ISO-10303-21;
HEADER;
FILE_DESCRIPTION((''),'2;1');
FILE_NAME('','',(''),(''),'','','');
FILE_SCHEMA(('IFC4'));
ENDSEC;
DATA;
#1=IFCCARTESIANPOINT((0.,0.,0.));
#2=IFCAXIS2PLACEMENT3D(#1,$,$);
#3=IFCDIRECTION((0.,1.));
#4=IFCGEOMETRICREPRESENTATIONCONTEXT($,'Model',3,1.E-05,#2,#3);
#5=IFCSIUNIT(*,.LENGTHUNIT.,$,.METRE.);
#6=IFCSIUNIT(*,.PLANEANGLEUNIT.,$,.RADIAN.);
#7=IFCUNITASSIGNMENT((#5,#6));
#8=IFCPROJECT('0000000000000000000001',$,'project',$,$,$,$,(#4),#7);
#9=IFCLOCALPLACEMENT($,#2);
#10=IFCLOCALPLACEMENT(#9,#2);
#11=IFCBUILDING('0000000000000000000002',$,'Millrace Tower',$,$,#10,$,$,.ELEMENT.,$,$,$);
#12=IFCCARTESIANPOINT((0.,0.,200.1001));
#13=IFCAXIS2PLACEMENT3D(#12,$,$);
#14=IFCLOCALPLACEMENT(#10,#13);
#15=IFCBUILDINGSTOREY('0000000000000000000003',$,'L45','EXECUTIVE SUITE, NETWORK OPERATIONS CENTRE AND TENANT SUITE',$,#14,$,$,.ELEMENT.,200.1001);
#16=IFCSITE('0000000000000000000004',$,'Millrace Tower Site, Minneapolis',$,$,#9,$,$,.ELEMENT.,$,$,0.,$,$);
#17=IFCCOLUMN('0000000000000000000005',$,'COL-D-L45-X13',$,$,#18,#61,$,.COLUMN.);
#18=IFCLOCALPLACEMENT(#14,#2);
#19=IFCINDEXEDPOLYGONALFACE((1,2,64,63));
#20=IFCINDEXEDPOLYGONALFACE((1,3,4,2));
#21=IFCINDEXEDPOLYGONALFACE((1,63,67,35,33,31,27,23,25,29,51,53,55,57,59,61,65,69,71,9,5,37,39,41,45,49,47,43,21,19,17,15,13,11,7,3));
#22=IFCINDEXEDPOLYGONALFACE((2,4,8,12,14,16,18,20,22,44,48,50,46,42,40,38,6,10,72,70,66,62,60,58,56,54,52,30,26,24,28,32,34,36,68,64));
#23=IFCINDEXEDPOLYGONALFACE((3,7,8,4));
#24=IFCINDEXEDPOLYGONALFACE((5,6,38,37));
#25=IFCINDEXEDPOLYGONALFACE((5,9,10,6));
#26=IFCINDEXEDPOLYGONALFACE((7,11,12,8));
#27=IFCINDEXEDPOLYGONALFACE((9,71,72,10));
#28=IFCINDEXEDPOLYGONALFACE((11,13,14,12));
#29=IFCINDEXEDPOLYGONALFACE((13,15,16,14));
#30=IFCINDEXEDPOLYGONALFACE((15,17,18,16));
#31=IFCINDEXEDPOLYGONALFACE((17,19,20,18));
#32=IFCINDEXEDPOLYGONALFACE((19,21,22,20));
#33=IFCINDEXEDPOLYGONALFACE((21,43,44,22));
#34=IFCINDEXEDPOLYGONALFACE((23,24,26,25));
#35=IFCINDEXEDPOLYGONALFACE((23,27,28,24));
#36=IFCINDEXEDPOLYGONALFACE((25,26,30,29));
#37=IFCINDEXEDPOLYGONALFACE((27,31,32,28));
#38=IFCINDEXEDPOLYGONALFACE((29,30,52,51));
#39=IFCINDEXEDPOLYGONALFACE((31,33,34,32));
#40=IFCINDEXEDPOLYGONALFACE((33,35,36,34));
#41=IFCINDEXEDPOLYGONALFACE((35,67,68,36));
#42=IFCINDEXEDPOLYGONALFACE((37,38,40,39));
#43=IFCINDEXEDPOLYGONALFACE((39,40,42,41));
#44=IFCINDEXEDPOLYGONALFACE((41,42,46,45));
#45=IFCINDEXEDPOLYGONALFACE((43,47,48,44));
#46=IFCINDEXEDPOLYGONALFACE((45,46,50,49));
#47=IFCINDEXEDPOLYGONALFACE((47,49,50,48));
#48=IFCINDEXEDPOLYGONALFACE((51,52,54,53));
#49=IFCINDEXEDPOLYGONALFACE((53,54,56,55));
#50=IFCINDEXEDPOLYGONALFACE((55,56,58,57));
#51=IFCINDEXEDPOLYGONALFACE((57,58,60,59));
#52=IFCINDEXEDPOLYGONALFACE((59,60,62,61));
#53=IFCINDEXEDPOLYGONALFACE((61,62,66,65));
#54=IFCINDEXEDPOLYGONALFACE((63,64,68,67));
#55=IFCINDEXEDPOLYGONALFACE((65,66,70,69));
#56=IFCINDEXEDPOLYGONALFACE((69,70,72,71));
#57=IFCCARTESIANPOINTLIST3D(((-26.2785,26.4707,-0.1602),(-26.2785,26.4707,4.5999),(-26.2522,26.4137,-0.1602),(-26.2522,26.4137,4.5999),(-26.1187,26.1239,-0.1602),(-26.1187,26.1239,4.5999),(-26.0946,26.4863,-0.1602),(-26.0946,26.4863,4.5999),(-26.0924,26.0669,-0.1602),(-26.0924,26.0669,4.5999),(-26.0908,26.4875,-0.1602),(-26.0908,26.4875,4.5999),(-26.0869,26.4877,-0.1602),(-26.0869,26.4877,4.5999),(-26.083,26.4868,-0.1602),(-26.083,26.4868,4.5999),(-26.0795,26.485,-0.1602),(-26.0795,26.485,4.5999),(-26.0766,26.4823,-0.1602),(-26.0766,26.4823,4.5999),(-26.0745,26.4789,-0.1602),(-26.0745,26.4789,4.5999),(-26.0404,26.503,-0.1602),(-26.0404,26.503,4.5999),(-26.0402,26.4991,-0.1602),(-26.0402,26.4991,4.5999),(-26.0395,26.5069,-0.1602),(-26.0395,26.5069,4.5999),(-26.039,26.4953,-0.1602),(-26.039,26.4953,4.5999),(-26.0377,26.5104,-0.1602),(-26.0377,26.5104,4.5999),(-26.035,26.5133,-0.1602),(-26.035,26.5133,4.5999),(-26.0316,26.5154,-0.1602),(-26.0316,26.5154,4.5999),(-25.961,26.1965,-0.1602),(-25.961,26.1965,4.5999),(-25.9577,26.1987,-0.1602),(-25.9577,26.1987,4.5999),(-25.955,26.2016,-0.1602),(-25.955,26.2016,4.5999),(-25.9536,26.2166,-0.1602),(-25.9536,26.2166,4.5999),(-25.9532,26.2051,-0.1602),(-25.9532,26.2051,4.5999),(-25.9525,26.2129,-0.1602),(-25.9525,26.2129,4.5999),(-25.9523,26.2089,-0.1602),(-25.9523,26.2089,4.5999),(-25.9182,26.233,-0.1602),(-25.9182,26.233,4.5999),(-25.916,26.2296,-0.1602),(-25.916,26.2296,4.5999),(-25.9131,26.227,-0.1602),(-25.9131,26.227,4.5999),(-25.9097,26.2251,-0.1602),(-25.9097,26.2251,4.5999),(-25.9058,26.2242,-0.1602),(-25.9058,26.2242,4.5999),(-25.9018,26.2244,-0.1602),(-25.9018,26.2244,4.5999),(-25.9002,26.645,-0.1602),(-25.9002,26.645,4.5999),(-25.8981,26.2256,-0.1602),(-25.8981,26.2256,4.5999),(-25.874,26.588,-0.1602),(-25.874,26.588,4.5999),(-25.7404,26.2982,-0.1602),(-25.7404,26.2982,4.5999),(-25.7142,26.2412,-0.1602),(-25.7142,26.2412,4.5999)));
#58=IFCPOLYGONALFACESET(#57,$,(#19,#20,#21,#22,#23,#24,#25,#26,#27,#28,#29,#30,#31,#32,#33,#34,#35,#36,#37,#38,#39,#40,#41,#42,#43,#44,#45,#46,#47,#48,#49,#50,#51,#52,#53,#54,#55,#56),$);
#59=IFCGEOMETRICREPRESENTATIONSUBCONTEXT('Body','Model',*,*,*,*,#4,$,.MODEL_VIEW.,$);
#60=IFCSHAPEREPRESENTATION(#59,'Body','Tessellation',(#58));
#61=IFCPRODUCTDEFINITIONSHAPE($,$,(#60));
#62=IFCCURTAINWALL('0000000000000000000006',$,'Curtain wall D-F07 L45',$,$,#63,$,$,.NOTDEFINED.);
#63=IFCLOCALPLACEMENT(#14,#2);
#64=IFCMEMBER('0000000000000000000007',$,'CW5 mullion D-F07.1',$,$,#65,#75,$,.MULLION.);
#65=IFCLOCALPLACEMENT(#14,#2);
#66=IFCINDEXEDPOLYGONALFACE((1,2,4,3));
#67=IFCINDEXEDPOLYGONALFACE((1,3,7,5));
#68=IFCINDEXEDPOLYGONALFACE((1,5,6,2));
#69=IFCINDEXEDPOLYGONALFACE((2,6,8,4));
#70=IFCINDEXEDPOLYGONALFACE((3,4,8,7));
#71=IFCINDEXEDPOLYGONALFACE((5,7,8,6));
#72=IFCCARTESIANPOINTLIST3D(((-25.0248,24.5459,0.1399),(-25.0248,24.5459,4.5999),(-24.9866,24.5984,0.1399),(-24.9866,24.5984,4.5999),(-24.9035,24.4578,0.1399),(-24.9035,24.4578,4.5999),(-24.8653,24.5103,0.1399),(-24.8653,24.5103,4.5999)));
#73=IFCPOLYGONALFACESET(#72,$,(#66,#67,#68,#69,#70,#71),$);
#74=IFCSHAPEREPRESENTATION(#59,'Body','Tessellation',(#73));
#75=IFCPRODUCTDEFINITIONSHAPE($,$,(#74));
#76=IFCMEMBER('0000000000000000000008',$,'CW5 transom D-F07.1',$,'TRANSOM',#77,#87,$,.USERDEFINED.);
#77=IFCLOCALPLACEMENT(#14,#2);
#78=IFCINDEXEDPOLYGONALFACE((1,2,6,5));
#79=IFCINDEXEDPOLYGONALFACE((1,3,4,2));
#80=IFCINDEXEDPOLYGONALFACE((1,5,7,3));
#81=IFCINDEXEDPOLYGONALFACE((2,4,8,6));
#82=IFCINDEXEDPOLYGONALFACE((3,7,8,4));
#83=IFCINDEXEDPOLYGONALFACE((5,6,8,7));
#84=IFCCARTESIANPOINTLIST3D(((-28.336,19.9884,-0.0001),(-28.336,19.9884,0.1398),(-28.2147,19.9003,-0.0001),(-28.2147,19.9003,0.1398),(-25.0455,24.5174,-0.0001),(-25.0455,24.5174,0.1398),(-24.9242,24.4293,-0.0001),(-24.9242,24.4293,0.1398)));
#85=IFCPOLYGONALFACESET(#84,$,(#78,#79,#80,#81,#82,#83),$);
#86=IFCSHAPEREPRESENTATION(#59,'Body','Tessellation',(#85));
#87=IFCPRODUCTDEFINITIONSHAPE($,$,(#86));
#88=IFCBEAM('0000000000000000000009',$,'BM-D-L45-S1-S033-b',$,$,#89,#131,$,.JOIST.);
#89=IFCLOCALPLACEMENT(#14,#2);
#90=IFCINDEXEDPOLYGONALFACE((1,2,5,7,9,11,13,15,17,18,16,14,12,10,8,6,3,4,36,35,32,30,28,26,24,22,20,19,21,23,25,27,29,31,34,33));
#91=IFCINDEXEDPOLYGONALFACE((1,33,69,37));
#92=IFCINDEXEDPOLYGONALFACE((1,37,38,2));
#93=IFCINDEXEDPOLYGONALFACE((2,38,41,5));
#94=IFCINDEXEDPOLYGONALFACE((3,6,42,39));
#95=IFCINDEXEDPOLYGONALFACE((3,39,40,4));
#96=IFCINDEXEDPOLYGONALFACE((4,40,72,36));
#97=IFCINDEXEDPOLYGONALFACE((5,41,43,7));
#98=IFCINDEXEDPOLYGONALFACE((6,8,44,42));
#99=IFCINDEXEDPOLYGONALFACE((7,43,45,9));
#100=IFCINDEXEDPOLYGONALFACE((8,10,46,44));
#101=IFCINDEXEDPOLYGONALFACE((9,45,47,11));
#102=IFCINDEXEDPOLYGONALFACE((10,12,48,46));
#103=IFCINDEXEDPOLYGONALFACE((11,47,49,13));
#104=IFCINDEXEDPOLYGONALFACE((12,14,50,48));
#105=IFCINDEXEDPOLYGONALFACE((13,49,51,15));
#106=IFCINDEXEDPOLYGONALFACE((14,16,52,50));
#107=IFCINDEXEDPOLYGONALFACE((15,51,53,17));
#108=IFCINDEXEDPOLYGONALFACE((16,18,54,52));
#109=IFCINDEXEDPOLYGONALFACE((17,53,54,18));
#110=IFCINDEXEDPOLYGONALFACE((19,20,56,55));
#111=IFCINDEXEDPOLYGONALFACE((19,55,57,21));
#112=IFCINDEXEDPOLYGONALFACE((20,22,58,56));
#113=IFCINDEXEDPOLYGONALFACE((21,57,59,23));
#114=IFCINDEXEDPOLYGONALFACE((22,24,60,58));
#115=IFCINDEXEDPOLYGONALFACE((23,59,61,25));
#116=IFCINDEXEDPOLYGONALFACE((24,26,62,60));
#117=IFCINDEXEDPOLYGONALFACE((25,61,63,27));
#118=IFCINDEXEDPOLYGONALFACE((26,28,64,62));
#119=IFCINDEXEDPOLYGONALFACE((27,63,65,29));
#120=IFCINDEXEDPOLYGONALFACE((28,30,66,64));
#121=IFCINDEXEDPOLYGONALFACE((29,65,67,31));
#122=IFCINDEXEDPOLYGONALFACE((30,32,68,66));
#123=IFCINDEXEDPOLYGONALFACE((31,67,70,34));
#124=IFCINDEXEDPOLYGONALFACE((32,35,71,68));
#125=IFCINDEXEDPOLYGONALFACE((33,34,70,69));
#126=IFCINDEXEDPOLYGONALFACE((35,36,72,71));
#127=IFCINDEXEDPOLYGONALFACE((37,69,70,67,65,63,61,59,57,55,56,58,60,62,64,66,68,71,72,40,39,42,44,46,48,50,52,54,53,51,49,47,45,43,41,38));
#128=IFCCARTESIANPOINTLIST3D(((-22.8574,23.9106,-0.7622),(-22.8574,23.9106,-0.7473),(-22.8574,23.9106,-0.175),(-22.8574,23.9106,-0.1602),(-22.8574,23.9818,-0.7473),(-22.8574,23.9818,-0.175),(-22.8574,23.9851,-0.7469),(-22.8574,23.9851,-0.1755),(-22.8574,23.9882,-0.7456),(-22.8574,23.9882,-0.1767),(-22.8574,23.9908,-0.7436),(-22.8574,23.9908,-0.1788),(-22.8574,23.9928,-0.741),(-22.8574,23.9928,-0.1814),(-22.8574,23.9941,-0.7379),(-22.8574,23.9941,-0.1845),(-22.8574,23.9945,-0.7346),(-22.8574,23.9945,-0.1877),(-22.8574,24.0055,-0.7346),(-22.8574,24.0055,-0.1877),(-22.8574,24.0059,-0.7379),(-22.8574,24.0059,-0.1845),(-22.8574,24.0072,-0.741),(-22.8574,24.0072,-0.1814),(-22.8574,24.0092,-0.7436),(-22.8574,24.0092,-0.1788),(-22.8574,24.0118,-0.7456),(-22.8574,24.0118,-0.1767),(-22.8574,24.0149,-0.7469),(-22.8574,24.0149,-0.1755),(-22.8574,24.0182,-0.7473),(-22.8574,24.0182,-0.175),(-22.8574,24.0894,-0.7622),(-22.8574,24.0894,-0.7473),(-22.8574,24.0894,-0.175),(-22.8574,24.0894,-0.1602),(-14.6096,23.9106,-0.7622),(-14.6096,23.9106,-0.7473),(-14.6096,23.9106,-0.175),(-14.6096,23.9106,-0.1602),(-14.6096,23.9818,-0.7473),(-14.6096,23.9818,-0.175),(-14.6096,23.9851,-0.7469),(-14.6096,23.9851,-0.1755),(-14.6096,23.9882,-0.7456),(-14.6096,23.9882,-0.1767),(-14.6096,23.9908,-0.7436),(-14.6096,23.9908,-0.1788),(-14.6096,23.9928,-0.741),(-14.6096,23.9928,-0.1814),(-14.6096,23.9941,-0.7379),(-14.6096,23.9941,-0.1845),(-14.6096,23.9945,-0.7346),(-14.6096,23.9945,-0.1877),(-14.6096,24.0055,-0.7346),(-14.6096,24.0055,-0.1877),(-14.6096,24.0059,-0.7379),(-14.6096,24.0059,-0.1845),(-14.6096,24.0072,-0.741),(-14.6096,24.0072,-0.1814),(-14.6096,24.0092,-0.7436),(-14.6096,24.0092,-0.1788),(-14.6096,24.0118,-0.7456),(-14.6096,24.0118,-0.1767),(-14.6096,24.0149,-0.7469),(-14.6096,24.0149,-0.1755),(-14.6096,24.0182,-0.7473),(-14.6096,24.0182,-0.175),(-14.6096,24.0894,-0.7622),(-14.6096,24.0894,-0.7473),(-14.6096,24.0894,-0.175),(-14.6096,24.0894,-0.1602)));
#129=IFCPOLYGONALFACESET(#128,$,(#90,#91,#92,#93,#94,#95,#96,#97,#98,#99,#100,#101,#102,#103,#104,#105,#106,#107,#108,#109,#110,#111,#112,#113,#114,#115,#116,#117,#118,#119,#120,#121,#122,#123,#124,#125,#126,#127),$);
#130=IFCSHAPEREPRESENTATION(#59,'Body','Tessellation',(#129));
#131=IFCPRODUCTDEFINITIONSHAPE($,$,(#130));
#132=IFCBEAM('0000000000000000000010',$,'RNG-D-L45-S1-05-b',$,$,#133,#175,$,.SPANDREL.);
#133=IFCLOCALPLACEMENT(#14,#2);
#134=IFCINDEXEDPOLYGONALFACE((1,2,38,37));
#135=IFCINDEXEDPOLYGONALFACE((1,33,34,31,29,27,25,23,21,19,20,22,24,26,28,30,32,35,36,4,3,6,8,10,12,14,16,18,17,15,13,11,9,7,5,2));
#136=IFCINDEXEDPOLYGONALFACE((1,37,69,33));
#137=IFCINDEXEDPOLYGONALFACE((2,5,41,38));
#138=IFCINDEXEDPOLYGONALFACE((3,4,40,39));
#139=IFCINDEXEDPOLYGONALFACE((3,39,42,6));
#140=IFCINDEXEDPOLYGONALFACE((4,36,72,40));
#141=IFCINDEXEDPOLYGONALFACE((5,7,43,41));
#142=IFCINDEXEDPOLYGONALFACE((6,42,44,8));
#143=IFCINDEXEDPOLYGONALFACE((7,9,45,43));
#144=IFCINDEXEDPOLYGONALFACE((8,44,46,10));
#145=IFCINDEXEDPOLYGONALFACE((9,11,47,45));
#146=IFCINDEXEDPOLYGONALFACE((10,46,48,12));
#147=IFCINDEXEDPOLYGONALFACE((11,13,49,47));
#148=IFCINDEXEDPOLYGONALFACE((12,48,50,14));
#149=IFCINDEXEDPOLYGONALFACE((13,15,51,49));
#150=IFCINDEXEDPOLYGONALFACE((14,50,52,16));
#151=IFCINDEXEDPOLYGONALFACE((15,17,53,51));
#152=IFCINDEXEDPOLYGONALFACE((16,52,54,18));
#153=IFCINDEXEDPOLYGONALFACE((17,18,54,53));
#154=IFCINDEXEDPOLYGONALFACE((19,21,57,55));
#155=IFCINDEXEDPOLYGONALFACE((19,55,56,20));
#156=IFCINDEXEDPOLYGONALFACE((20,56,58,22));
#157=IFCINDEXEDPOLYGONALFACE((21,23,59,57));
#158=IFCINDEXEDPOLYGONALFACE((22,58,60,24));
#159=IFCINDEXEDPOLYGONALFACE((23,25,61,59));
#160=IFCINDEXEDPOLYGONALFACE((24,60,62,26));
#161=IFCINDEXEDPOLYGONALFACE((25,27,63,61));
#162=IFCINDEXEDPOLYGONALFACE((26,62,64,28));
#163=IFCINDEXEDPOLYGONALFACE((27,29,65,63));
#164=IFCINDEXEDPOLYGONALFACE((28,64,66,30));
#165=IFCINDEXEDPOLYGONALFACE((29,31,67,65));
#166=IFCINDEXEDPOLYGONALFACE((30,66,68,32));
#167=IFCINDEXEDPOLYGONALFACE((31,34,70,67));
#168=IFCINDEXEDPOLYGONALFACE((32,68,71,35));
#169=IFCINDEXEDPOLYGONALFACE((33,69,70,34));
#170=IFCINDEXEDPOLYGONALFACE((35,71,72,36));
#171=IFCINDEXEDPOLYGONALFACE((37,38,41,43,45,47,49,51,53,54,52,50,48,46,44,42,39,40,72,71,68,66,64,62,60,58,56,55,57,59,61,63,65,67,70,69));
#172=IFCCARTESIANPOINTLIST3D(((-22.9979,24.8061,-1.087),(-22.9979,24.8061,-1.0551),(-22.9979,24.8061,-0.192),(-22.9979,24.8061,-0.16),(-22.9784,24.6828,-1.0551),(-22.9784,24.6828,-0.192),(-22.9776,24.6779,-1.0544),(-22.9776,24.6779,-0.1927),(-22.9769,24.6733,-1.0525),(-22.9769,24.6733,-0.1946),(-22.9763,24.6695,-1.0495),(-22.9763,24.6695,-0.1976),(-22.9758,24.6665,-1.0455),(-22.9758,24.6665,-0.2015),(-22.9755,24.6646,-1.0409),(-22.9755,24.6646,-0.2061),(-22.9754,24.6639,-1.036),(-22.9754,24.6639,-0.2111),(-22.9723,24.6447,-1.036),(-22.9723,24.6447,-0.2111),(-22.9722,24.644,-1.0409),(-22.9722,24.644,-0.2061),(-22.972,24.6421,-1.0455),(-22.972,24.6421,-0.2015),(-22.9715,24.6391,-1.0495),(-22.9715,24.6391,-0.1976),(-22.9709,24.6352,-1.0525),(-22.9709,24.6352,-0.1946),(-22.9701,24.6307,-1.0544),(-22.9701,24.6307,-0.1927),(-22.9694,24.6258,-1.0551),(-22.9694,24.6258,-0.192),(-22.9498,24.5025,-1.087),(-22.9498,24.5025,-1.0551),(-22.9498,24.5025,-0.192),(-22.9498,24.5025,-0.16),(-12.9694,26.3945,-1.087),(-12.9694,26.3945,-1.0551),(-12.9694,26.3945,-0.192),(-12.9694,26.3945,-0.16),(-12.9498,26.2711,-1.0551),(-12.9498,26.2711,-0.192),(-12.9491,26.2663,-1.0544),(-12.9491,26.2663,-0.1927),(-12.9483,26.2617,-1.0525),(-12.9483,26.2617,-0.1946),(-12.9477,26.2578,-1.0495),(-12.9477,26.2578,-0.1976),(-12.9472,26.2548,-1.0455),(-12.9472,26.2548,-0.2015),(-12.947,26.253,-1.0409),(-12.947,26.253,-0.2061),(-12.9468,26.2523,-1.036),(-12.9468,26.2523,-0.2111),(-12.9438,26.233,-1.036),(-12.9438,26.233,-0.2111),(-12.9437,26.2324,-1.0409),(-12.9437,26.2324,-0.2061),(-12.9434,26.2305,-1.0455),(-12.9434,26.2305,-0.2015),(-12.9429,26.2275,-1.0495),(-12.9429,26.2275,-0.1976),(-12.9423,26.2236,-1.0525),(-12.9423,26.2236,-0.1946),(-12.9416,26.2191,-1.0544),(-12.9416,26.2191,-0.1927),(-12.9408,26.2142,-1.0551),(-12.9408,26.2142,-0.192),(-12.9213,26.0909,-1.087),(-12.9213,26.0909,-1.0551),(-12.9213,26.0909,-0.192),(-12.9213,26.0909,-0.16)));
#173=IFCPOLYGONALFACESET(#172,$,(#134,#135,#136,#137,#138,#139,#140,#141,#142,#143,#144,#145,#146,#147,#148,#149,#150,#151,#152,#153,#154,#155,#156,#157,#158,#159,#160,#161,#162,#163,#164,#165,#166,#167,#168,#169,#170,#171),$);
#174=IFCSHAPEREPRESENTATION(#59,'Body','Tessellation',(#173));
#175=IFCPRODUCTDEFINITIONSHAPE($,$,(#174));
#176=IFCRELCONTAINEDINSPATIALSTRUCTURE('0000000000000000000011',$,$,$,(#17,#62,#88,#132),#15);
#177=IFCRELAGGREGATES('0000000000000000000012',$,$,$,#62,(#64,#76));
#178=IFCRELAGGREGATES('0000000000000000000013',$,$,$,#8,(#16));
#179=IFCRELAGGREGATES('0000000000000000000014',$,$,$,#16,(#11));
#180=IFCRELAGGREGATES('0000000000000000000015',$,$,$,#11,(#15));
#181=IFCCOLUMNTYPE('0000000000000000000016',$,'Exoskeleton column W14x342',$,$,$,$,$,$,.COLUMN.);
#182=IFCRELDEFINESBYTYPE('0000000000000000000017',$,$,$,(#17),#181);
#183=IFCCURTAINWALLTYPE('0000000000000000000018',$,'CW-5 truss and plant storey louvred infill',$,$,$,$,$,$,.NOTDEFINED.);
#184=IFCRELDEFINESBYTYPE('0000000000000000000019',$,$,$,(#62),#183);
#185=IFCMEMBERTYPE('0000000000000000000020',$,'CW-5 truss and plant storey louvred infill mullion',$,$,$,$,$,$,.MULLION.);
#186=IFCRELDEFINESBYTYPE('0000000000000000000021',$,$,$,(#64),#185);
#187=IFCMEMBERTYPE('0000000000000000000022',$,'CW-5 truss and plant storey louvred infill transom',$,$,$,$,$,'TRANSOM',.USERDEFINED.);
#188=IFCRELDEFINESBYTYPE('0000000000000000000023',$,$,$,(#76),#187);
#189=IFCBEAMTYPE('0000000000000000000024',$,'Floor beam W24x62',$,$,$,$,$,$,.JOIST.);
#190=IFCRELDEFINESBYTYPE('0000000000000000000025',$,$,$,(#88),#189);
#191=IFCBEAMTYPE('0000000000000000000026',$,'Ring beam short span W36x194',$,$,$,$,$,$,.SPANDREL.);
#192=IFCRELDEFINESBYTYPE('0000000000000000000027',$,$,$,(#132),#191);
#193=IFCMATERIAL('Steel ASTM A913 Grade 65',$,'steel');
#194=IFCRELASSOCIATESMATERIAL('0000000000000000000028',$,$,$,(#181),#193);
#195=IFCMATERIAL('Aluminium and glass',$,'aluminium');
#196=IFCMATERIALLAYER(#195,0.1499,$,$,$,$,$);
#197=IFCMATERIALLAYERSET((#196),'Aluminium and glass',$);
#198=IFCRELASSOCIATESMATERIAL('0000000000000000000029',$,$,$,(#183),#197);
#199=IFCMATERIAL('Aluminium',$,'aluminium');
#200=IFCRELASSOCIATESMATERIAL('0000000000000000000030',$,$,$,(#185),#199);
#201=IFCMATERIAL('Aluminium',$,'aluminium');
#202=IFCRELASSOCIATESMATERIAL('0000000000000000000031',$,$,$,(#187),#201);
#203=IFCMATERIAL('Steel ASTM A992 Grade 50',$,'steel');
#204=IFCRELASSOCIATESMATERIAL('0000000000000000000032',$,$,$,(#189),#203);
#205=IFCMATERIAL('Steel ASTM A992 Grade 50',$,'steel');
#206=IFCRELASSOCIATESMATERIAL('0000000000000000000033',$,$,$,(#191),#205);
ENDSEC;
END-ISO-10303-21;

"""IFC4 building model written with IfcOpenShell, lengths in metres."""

from ifc_helpers import new_model, si_unit, direction, frame, origin, origin_2d, place, context, subcontext, project, spatial, rectangle, i_section, extrude, material, layer, layer_set, material_profile, profile_set, type_object, element, aggregate, save


model = new_model("IFC4")

# Units and contexts
model_context = context("Model", 3, precision=1e-05, world=origin(), true_north=direction((0.0, 1.0)))
body_context = subcontext(model_context, "Body", "Model", "MODEL_VIEW")
ifc_project = project(units=[si_unit("LENGTHUNIT", "METRE"), si_unit("PLANEANGLEUNIT", "RADIAN")], contexts=[model_context])

# Site, building, storey
site_placement = place(None, origin())
site = spatial("IfcSite", under=ifc_project, at=site_placement, Name="Millrace Tower Site, Minneapolis", CompositionType="ELEMENT", RefElevation=0.0)
building_placement = place(site_placement, origin())
building = spatial("IfcBuilding", under=site, at=building_placement, Name="Millrace Tower", CompositionType="ELEMENT")
storey_placement = place(building_placement, frame((0.0, 0.0, 200.1001)))
storey = spatial("IfcBuildingStorey", under=building, at=storey_placement, Name="L45", Description="EXECUTIVE SUITE, NETWORK OPERATIONS CENTRE AND TENANT SUITE", CompositionType="ELEMENT", Elevation=200.1001)

# Column
ifc_material_1 = material(Name="Steel ASTM A913 Grade 65", Category="steel")
ifc_material_profile_1 = material_profile(ifc_material_1, i_section(OverallWidth=0.4165, OverallDepth=0.4446, WebThickness=0.0391, FlangeThickness=0.0627, FilletRadius=0.0151, at=origin_2d()))
ifc_profile_set_1 = profile_set([ifc_material_profile_1], Name="Steel ASTM A913 Grade 65")
column_type = type_object("IfcColumnType", Name="Exoskeleton column W14x342", PredefinedType="COLUMN", material=ifc_profile_set_1)
column_placement = place(storey_placement, frame((-25.9963, 26.356, -0.1602), z_axis=(0.0, 0.0, 1.0), x_axis=(-0.908192, -0.418553, 0.0)))
element("IfcColumn", 1, at=column_placement, inside=storey, type_object=column_type, Name="COL-D-L45-X13", PredefinedType="COLUMN", context=body_context, shape_type="SweptSolid", body=[
    extrude(i_section(OverallWidth=0.4165, OverallDepth=0.4446, WebThickness=0.0391, FlangeThickness=0.0627, FilletRadius=0.0151, at=origin_2d()), origin(), (0.0, 0.0, 1.0), 4.76),
])

# Curtain wall, members
ifc_material_2 = material(Name="Aluminium and glass", Category="aluminium")
ifc_layer_1 = layer(ifc_material_2, 0.1499)
ifc_layer_set_1 = layer_set([ifc_layer_1], Name="Aluminium and glass")
curtain_wall_type = type_object("IfcCurtainWallType", Name="CW-5 truss and plant storey louvred infill", PredefinedType="NOTDEFINED", material=ifc_layer_set_1)
curtain_wall_placement = place(storey_placement, origin())
curtain_wall = element("IfcCurtainWall", 2, at=curtain_wall_placement, inside=storey, type_object=curtain_wall_type, Name="Curtain wall D-F07 L45", PredefinedType="NOTDEFINED")
ifc_material_3 = material(Name="Aluminium", Category="aluminium")
ifc_material_profile_2 = material_profile(ifc_material_3, rectangle(XDim=0.0649, YDim=0.1499, at=origin_2d()))
ifc_profile_set_2 = profile_set([ifc_material_profile_2], Name="Aluminium")
member_type_1 = type_object("IfcMemberType", Name="CW-5 truss and plant storey louvred infill mullion", PredefinedType="MULLION", material=ifc_profile_set_2)
member_1_placement = place(storey_placement, frame((-24.9451, 24.5281, 0.1399), z_axis=(0.0, 0.0, 1.0), x_axis=(-0.587785, -0.809017, 0.0)))
member_1 = element("IfcMember", 3, at=member_1_placement, type_object=member_type_1, Name="CW5 mullion D-F07.1", PredefinedType="MULLION", context=body_context, shape_type="SweptSolid", body=[
    extrude(rectangle(XDim=0.0649, YDim=0.1499, at=origin_2d()), origin(), (0.0, 0.0, 1.0), 4.46),
])
ifc_material_4 = material(Name="Aluminium", Category="aluminium")
ifc_material_profile_3 = material_profile(ifc_material_4, rectangle(XDim=0.1499, YDim=0.1399, at=origin_2d()))
ifc_profile_set_3 = profile_set([ifc_material_profile_3], Name="Aluminium")
member_type_2 = type_object("IfcMemberType", Name="CW-5 truss and plant storey louvred infill transom", ElementType="TRANSOM", PredefinedType="USERDEFINED", material=ifc_profile_set_3)
member_2_placement = place(storey_placement, frame((-24.9849, 24.4734, 0.0698), z_axis=(-0.587783, -0.809019, 0.0), x_axis=(0.809019, -0.587783, 0.0)))
member_2 = element("IfcMember", 4, at=member_2_placement, type_object=member_type_2, Name="CW5 transom D-F07.1", ObjectType="TRANSOM", PredefinedType="USERDEFINED", context=body_context, shape_type="SweptSolid", body=[
    extrude(rectangle(XDim=0.1499, YDim=0.1399, at=origin_2d()), origin(), (0.0, 0.0, 1.0), 5.5981),
])
aggregate(curtain_wall, [member_1, member_2])

# Beams
ifc_material_5 = material(Name="Steel ASTM A992 Grade 50", Category="steel")
ifc_material_profile_4 = material_profile(ifc_material_5, i_section(OverallWidth=0.1787, OverallDepth=0.6021, WebThickness=0.011, FlangeThickness=0.0149, FilletRadius=0.0127, at=origin_2d()))
ifc_profile_set_4 = profile_set([ifc_material_profile_4], Name="Steel ASTM A992 Grade 50")
beam_type_1 = type_object("IfcBeamType", Name="Floor beam W24x62", PredefinedType="JOIST", material=ifc_profile_set_4)
beam_1_placement = place(storey_placement, frame((-22.8574, 24.0, -0.4612), z_axis=(1.0, 0.0, 0.0), x_axis=(0.0, 1.0, 0.0)))
element("IfcBeam", 5, at=beam_1_placement, inside=storey, type_object=beam_type_1, Name="BM-D-L45-S1-S033-b", PredefinedType="JOIST", context=body_context, shape_type="SweptSolid", body=[
    extrude(i_section(OverallWidth=0.1787, OverallDepth=0.6021, WebThickness=0.011, FlangeThickness=0.0149, FilletRadius=0.0127, at=origin_2d()), origin(), (0.0, 0.0, 1.0), 8.2478),
])
ifc_material_6 = material(Name="Steel ASTM A992 Grade 50", Category="steel")
ifc_material_profile_5 = material_profile(ifc_material_6, i_section(OverallWidth=0.3074, OverallDepth=0.927, WebThickness=0.0195, FlangeThickness=0.032, FilletRadius=0.019, at=origin_2d()))
ifc_profile_set_5 = profile_set([ifc_material_profile_5], Name="Steel ASTM A992 Grade 50")
beam_type_2 = type_object("IfcBeamType", Name="Ring beam short span W36x194", PredefinedType="SPANDREL", material=ifc_profile_set_5)
beam_2_placement = place(storey_placement, frame((-22.9739, 24.6543, -0.6235), z_axis=(0.987688, 0.156435, 0.0), x_axis=(-0.156435, 0.987688, 0.0)))
element("IfcBeam", 6, at=beam_2_placement, inside=storey, type_object=beam_type_2, Name="RNG-D-L45-S1-05-b", PredefinedType="SPANDREL", context=body_context, shape_type="SweptSolid", body=[
    extrude(i_section(OverallWidth=0.3074, OverallDepth=0.927, WebThickness=0.0195, FlangeThickness=0.032, FilletRadius=0.019, at=origin_2d()), origin(), (0.0, 0.0, 1.0), 10.1536),
])

save(model, "model.ifc")
